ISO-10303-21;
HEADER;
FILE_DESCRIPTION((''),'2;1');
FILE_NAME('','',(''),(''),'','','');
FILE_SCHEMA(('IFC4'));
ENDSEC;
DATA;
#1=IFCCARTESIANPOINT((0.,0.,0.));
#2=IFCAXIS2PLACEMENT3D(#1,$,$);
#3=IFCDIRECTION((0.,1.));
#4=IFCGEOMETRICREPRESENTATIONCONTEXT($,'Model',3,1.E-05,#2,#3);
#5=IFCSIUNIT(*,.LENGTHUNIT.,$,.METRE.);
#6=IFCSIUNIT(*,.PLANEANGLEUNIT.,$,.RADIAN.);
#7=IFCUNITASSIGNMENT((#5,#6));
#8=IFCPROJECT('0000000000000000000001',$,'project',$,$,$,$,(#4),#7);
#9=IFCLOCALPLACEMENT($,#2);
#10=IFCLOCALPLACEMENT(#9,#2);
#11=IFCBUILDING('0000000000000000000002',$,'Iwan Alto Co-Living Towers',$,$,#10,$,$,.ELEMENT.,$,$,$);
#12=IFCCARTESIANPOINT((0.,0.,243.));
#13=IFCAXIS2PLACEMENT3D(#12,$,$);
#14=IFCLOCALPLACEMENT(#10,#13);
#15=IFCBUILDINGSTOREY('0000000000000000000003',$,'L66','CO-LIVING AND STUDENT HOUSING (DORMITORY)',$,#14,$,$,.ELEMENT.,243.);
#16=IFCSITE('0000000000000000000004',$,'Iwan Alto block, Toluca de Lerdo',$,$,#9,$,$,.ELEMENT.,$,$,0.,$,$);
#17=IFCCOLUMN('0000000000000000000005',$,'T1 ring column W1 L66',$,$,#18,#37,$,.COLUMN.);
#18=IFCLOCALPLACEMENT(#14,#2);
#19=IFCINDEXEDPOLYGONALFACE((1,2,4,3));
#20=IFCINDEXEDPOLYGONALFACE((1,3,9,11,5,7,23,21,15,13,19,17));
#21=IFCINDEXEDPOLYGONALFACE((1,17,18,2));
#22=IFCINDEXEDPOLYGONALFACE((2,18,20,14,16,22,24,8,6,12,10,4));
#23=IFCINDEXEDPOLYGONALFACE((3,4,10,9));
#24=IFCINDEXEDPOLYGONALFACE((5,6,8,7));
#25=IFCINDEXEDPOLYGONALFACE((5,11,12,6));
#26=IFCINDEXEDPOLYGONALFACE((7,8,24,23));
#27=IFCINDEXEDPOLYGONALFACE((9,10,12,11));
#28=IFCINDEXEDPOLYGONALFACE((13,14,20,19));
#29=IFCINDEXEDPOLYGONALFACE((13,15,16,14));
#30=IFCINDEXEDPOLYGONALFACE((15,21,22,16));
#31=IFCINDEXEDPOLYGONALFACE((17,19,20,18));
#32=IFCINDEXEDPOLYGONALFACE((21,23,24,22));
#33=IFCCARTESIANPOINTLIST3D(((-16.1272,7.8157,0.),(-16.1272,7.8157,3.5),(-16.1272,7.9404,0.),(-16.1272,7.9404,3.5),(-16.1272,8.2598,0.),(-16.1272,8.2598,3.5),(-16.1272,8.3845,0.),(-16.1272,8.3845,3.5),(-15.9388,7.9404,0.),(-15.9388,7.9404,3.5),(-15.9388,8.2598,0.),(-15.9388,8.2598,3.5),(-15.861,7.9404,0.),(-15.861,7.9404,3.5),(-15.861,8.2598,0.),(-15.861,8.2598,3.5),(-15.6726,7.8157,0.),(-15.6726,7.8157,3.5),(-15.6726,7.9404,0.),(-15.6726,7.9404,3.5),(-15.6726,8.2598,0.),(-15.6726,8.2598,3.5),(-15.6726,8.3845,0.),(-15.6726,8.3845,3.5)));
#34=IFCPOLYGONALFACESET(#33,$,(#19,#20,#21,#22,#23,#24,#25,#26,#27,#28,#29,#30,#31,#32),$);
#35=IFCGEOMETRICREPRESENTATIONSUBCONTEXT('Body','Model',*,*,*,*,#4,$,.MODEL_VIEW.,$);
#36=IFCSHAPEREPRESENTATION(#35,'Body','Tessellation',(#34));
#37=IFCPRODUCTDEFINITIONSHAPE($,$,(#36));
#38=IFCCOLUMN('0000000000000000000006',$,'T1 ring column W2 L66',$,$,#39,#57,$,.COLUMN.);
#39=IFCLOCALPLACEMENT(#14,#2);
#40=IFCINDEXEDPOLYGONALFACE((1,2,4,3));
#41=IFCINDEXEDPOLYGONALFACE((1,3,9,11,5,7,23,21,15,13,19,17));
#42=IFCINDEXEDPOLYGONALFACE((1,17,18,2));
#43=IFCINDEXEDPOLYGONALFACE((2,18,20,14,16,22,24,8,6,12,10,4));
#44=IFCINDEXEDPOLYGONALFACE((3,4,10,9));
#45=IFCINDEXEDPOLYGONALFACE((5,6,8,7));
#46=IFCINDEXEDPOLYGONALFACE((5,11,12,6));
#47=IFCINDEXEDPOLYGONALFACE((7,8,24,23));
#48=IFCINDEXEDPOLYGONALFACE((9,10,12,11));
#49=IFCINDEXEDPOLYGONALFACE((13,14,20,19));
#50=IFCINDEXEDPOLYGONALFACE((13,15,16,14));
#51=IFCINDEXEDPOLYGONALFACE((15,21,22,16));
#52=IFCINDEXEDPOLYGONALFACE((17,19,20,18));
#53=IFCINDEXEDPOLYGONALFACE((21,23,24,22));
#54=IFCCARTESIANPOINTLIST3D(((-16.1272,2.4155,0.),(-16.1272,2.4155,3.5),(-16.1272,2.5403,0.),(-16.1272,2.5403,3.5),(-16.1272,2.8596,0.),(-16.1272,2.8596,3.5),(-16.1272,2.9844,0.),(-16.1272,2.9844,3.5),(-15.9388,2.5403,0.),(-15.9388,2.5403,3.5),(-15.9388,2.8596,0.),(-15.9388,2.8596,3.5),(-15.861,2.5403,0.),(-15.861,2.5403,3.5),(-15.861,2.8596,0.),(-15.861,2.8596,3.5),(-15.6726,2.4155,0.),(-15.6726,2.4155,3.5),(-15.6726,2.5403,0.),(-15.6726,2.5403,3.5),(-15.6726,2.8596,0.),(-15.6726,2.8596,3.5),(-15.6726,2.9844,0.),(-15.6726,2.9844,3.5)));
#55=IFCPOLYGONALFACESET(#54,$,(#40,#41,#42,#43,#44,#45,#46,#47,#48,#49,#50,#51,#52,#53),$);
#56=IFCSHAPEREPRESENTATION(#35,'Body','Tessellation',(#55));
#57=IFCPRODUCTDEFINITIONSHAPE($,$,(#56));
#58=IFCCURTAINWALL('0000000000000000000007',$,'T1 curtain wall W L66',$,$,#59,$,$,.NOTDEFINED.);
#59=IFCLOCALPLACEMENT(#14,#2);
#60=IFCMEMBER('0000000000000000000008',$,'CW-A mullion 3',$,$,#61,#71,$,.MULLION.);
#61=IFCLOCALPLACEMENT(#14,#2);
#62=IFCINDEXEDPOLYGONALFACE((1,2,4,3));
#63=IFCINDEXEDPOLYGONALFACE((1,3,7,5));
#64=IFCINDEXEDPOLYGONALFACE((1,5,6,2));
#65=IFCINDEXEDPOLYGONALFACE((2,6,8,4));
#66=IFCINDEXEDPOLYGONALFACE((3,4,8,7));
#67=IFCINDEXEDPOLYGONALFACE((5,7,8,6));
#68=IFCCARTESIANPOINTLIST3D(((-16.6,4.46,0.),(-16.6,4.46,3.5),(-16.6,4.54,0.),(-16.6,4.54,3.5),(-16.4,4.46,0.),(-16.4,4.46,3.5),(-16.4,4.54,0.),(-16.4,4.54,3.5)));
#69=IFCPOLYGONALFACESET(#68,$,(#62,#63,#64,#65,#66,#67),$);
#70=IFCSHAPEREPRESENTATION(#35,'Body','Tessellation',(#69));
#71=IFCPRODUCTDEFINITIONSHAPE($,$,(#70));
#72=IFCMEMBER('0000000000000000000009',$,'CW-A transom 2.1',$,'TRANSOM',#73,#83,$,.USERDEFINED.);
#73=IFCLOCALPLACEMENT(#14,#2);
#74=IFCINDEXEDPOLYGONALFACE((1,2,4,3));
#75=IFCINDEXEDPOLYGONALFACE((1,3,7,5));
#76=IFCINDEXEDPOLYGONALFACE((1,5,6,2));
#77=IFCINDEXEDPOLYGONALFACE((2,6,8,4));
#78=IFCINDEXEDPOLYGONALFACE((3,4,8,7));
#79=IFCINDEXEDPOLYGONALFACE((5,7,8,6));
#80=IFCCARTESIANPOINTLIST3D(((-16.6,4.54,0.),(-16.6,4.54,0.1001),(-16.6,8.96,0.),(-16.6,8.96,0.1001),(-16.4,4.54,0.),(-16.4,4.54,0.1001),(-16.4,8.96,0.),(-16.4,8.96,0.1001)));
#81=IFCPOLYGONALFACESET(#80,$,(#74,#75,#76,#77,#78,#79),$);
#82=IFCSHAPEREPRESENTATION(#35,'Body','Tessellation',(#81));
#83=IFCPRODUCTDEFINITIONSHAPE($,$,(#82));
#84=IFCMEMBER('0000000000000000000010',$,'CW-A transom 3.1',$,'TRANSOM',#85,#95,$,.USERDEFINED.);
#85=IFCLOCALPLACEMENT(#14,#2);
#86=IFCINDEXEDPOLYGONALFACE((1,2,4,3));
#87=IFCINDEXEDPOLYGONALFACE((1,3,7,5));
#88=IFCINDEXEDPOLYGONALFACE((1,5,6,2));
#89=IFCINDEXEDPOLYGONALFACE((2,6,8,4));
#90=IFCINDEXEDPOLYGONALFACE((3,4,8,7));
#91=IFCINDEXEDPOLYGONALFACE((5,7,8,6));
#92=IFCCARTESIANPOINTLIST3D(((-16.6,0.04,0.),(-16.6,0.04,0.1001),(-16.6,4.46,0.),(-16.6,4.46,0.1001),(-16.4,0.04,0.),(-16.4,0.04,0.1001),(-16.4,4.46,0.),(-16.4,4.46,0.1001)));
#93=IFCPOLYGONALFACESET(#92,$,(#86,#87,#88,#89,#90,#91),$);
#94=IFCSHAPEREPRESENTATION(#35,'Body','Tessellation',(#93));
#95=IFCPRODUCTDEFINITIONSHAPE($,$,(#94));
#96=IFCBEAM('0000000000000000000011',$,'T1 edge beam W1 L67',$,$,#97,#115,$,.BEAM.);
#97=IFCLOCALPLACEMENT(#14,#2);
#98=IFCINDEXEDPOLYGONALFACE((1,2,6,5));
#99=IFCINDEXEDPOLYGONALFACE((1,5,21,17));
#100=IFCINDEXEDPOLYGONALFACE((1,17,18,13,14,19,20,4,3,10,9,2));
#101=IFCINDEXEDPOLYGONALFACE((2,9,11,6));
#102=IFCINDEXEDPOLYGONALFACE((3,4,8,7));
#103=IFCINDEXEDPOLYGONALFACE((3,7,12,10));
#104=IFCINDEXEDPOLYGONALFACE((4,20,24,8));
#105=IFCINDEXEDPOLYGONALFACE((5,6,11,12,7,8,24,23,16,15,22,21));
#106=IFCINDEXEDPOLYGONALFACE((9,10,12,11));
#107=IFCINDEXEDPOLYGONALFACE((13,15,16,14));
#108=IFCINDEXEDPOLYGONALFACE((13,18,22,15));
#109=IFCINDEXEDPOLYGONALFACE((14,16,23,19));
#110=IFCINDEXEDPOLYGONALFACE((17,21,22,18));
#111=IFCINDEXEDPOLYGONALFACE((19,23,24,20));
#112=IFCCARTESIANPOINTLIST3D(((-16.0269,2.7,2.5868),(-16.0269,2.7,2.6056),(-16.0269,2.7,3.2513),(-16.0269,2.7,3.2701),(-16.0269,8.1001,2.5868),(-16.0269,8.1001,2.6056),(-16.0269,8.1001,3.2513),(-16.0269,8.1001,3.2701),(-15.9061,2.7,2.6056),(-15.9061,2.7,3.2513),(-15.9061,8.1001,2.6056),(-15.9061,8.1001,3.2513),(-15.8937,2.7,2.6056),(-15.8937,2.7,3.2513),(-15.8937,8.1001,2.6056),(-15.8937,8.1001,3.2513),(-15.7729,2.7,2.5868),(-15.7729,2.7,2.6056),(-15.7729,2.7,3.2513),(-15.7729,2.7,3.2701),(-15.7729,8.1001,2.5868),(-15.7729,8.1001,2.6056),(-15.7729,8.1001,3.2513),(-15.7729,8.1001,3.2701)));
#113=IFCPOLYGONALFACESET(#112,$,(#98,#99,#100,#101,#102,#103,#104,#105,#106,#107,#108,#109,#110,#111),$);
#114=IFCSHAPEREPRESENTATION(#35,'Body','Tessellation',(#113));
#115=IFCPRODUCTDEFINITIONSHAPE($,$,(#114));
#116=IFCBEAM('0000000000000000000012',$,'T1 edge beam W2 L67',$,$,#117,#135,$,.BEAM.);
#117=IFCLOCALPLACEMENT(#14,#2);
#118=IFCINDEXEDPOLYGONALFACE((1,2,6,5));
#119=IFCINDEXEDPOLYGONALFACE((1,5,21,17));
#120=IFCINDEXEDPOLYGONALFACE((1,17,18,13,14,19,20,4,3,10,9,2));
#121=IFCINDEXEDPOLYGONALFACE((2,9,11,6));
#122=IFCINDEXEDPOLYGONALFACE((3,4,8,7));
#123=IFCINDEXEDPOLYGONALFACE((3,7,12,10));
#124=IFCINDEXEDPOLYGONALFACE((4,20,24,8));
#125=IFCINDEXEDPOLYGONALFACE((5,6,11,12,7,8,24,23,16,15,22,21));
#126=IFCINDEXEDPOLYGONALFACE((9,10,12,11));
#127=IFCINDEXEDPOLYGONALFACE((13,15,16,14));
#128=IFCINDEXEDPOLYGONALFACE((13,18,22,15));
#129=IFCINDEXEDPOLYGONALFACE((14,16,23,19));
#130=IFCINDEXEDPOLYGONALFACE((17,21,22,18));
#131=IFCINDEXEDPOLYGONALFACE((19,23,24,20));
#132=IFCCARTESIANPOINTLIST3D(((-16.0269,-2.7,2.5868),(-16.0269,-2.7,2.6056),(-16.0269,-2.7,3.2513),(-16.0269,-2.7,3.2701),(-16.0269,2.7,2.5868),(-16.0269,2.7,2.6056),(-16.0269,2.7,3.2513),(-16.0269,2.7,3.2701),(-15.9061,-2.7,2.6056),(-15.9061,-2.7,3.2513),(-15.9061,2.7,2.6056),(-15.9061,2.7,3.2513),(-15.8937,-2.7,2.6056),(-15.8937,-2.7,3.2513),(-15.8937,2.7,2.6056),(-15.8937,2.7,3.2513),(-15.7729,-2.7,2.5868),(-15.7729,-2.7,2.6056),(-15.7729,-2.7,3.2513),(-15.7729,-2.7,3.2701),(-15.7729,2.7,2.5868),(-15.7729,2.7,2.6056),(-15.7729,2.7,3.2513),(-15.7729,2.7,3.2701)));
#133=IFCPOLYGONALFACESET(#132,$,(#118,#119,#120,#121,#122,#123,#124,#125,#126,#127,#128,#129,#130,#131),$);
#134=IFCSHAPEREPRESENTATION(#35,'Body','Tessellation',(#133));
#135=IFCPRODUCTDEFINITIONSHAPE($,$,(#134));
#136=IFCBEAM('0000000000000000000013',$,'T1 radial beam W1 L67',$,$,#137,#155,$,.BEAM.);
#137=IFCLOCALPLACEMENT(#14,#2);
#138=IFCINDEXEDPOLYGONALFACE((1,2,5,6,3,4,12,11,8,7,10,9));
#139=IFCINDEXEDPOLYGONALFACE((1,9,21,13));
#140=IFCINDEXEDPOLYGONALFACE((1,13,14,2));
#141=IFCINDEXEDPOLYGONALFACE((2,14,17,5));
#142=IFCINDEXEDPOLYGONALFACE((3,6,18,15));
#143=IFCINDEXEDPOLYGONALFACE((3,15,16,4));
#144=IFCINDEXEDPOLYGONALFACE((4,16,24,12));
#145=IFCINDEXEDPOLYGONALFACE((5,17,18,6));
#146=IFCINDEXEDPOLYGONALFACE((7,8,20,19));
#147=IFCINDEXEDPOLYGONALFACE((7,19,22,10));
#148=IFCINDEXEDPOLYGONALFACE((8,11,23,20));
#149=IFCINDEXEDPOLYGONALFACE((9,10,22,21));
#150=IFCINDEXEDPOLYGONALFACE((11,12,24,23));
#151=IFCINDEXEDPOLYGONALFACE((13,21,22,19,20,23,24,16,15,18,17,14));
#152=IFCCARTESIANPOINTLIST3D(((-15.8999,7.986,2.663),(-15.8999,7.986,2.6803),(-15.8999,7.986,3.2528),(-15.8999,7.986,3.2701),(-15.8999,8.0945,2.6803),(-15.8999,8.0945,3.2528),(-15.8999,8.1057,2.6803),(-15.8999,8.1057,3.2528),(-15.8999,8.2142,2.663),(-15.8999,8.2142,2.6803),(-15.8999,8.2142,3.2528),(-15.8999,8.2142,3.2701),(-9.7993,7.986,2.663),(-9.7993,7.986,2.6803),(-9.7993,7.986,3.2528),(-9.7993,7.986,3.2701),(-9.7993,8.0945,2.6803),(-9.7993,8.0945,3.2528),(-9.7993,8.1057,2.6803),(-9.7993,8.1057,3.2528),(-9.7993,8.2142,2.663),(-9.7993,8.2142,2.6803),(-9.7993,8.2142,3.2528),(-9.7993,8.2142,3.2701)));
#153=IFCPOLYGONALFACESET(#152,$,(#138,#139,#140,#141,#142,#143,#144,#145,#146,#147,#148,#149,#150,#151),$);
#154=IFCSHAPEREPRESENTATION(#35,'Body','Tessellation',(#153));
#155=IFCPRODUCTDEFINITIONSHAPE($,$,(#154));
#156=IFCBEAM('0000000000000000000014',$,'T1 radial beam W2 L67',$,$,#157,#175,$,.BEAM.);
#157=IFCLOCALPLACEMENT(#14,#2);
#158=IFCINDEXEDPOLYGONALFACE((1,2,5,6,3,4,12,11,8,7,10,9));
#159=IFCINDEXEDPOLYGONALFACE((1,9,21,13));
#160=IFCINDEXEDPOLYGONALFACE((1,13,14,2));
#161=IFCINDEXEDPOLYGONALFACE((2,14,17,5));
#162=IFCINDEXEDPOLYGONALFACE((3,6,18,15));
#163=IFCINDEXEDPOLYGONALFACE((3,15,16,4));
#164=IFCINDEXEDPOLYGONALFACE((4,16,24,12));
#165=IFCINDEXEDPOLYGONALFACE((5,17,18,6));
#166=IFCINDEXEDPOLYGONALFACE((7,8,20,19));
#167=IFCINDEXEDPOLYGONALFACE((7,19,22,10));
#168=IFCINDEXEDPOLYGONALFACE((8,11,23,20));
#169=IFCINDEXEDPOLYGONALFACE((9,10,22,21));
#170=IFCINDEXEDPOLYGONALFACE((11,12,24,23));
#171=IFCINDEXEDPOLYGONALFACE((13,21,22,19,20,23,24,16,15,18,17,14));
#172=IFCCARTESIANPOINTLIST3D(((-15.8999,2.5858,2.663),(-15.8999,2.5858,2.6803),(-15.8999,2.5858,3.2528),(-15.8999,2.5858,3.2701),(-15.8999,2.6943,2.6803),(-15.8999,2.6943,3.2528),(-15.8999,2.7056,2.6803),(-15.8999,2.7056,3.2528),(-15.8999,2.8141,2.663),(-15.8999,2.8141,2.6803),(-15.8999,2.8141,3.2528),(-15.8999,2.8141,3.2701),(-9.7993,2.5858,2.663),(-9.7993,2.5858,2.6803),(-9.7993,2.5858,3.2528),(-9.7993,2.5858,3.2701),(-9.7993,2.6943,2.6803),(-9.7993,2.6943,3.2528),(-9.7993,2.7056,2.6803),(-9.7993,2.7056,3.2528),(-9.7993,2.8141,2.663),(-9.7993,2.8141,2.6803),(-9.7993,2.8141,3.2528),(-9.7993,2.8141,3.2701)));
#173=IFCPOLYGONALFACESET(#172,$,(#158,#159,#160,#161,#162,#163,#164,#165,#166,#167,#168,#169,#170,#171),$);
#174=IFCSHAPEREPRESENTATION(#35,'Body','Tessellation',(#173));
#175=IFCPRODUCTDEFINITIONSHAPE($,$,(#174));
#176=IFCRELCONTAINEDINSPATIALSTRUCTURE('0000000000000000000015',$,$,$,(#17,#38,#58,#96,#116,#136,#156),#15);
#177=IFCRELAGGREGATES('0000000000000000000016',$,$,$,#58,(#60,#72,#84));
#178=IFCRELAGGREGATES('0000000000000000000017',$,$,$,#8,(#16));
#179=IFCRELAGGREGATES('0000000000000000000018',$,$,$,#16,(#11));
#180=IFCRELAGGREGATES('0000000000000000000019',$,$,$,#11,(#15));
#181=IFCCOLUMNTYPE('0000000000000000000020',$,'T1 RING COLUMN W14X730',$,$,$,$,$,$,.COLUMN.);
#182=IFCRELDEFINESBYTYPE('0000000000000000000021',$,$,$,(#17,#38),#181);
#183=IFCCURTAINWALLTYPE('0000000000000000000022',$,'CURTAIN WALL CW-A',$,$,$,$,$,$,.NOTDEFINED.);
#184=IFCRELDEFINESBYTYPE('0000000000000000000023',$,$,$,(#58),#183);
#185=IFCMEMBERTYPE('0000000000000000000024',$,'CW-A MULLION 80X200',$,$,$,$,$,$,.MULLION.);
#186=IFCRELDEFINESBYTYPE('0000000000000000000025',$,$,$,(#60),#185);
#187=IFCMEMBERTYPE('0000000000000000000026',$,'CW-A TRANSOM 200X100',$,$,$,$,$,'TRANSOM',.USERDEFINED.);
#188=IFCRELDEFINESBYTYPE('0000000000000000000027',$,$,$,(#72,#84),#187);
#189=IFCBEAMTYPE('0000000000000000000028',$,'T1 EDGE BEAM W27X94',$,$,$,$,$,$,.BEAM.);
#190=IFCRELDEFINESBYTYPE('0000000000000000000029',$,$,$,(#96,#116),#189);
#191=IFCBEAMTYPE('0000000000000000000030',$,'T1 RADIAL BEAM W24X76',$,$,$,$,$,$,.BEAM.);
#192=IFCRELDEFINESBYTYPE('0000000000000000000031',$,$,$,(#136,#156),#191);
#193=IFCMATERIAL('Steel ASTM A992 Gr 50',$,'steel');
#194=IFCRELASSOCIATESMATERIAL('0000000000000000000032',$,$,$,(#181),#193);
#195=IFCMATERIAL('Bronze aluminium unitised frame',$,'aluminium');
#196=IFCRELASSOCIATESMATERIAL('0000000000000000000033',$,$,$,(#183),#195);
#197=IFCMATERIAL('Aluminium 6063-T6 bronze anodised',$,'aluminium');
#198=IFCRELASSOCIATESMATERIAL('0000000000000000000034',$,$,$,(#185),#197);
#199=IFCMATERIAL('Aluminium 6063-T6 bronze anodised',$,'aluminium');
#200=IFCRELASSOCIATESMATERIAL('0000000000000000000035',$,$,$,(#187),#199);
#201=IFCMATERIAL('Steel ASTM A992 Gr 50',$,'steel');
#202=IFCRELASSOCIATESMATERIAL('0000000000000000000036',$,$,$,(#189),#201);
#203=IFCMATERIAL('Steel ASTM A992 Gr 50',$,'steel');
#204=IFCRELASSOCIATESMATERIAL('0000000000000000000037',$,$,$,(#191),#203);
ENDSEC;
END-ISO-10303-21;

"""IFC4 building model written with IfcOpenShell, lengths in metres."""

from ifc_helpers import new_model, si_unit, direction, frame, origin, origin_2d, place, context, subcontext, project, spatial, rectangle, i_section, extrude, material, material_profile, profile_set, type_object, element, aggregate, save


model = new_model("IFC4")

# Units and contexts
model_context = context("Model", 3, precision=1e-05, world=origin(), true_north=direction((0.0, 1.0)))
body_context = subcontext(model_context, "Body", "Model", "MODEL_VIEW")
ifc_project = project(units=[si_unit("LENGTHUNIT", "METRE"), si_unit("PLANEANGLEUNIT", "RADIAN")], contexts=[model_context])

# Site, building, storey
site_placement = place(None, origin())
site = spatial("IfcSite", under=ifc_project, at=site_placement, Name="Iwan Alto block, Toluca de Lerdo", CompositionType="ELEMENT", RefElevation=0.0)
building_placement = place(site_placement, origin())
building = spatial("IfcBuilding", under=site, at=building_placement, Name="Iwan Alto Co-Living Towers", CompositionType="ELEMENT")
storey_placement = place(building_placement, frame((0.0, 0.0, 243.0)))
storey = spatial("IfcBuildingStorey", under=building, at=storey_placement, Name="L66", Description="CO-LIVING AND STUDENT HOUSING (DORMITORY)", CompositionType="ELEMENT", Elevation=243.0)

# Columns
ifc_material_1 = material(Name="Steel ASTM A992 Gr 50", Category="steel")
ifc_material_profile_1 = material_profile(ifc_material_1, i_section(OverallWidth=0.4546, OverallDepth=0.5688, WebThickness=0.0779, FlangeThickness=0.1248, at=origin_2d()), Name="W14X730")
ifc_profile_set_1 = profile_set([ifc_material_profile_1], Name="Steel ASTM A992 Gr 50")
column_type = type_object("IfcColumnType", Name="T1 RING COLUMN W14X730", PredefinedType="COLUMN", material=ifc_profile_set_1)
for number, where, z_axis, x_axis, name in (
    (1, (-15.8999, 8.1001, 0.0), (0.0, 0.0, 1.0), (1.0, 0.0, 0.0), "T1 ring column W1 L66"),
    (2, (-15.8999, 2.7, 0.0), (0.0, 0.0, 1.0), (1.0, 0.0, 0.0), "T1 ring column W2 L66"),
):
    element("IfcColumn", number, at=place(storey_placement, frame(where, z_axis=z_axis, x_axis=x_axis)), inside=storey, type_object=column_type, Name=name, PredefinedType="COLUMN", context=body_context, shape_type="SweptSolid", body=[
        extrude(i_section(OverallWidth=0.4546, OverallDepth=0.5688, WebThickness=0.0779, FlangeThickness=0.1248, at=origin_2d()), origin(), (0.0, 0.0, 1.0), 3.5),
    ])

# Curtain wall, members
ifc_material_2 = material(Name="Bronze aluminium unitised frame", Category="aluminium")
curtain_wall_type = type_object("IfcCurtainWallType", Name="CURTAIN WALL CW-A", PredefinedType="NOTDEFINED", material=ifc_material_2)
curtain_wall_placement = place(storey_placement, origin())
curtain_wall = element("IfcCurtainWall", 3, at=curtain_wall_placement, inside=storey, type_object=curtain_wall_type, Name="T1 curtain wall W L66", PredefinedType="NOTDEFINED")
ifc_material_3 = material(Name="Aluminium 6063-T6 bronze anodised", Category="aluminium")
ifc_material_profile_2 = material_profile(ifc_material_3, rectangle(XDim=0.2, YDim=0.0801, at=origin_2d()), Name="AL 80X200")
ifc_profile_set_2 = profile_set([ifc_material_profile_2], Name="Aluminium 6063-T6 bronze anodised")
member_type_1 = type_object("IfcMemberType", Name="CW-A MULLION 80X200", PredefinedType="MULLION", material=ifc_profile_set_2)
member_1_placement = place(storey_placement, frame((-16.5, 4.5, 0.0), z_axis=(0.0, 0.0, 1.0), x_axis=(1.0, 0.0, 0.0)))
member_1 = element("IfcMember", 4, at=member_1_placement, type_object=member_type_1, Name="CW-A mullion 3", PredefinedType="MULLION", context=body_context, shape_type="SweptSolid", body=[
    extrude(rectangle(XDim=0.2, YDim=0.0801, at=origin_2d()), origin(), (0.0, 0.0, 1.0), 3.5),
])
ifc_material_4 = material(Name="Aluminium 6063-T6 bronze anodised", Category="aluminium")
ifc_material_profile_3 = material_profile(ifc_material_4, rectangle(XDim=0.2, YDim=0.1001, at=origin_2d()), Name="AL 200X100")
ifc_profile_set_3 = profile_set([ifc_material_profile_3], Name="Aluminium 6063-T6 bronze anodised")
member_type_2 = type_object("IfcMemberType", Name="CW-A TRANSOM 200X100", ElementType="TRANSOM", PredefinedType="USERDEFINED", material=ifc_profile_set_3)
member_2_placement = place(storey_placement, frame((-16.5, 8.96, 0.05), z_axis=(0.0, -1.0, 0.0), x_axis=(1.0, 0.0, 0.0)))
member_2 = element("IfcMember", 5, at=member_2_placement, type_object=member_type_2, Name="CW-A transom 2.1", ObjectType="TRANSOM", PredefinedType="USERDEFINED", context=body_context, shape_type="SweptSolid", body=[
    extrude(rectangle(XDim=0.2, YDim=0.1001, at=origin_2d()), origin(), (0.0, 0.0, 1.0), 4.4199),
])
member_3_placement = place(storey_placement, frame((-16.5, 4.46, 0.05), z_axis=(0.0, -1.0, 0.0), x_axis=(1.0, 0.0, 0.0)))
member_3 = element("IfcMember", 6, at=member_3_placement, type_object=member_type_2, Name="CW-A transom 3.1", ObjectType="TRANSOM", PredefinedType="USERDEFINED", context=body_context, shape_type="SweptSolid", body=[
    extrude(rectangle(XDim=0.2, YDim=0.1001, at=origin_2d()), origin(), (0.0, 0.0, 1.0), 4.4199),
])

# Beams
ifc_material_5 = material(Name="Steel ASTM A992 Gr 50", Category="steel")
ifc_material_profile_4 = material_profile(ifc_material_5, i_section(OverallWidth=0.2539, OverallDepth=0.6833, WebThickness=0.0125, FlangeThickness=0.0188, at=origin_2d()), Name="W27X94")
ifc_profile_set_4 = profile_set([ifc_material_profile_4], Name="Steel ASTM A992 Gr 50")
beam_type_1 = type_object("IfcBeamType", Name="T1 EDGE BEAM W27X94", PredefinedType="BEAM", material=ifc_profile_set_4)
beam_1_placement = place(storey_placement, frame((-15.8999, 8.1001, 2.9285), z_axis=(0.0, -1.0, 0.0), x_axis=(1.0, 0.0, 0.0)))
element("IfcBeam", 7, at=beam_1_placement, inside=storey, type_object=beam_type_1, Name="T1 edge beam W1 L67", PredefinedType="BEAM", context=body_context, shape_type="SweptSolid", body=[
    extrude(i_section(OverallWidth=0.2539, OverallDepth=0.6833, WebThickness=0.0125, FlangeThickness=0.0188, at=origin_2d()), origin(), (0.0, 0.0, 1.0), 5.4001),
])
beam_2_placement = place(storey_placement, frame((-15.8999, 2.7, 2.9285), z_axis=(0.0, -1.0, 0.0), x_axis=(1.0, 0.0, 0.0)))
element("IfcBeam", 8, at=beam_2_placement, inside=storey, type_object=beam_type_1, Name="T1 edge beam W2 L67", PredefinedType="BEAM", context=body_context, shape_type="SweptSolid", body=[
    extrude(i_section(OverallWidth=0.2539, OverallDepth=0.6833, WebThickness=0.0125, FlangeThickness=0.0188, at=origin_2d()), origin(), (0.0, 0.0, 1.0), 5.3999),
])
ifc_material_6 = material(Name="Steel ASTM A992 Gr 50", Category="steel")
ifc_material_profile_5 = material_profile(ifc_material_6, i_section(OverallWidth=0.2283, OverallDepth=0.6072, WebThickness=0.0112, FlangeThickness=0.0173, at=origin_2d()), Name="W24X76")
ifc_profile_set_5 = profile_set([ifc_material_profile_5], Name="Steel ASTM A992 Gr 50")
beam_type_2 = type_object("IfcBeamType", Name="T1 RADIAL BEAM W24X76", PredefinedType="BEAM", material=ifc_profile_set_5)
for number, where, z_axis, x_axis, name in (
    (9, (-15.8999, 8.1001, 2.9666), (1.0, 0.0, 0.0), (0.0, 1.0, 0.0), "T1 radial beam W1 L67"),
    (10, (-15.8999, 2.7, 2.9666), (1.0, 0.0, 0.0), (0.0, 1.0, 0.0), "T1 radial beam W2 L67"),
):
    element("IfcBeam", number, at=place(storey_placement, frame(where, z_axis=z_axis, x_axis=x_axis)), inside=storey, type_object=beam_type_2, Name=name, PredefinedType="BEAM", context=body_context, shape_type="SweptSolid", body=[
        extrude(i_section(OverallWidth=0.2283, OverallDepth=0.6072, WebThickness=0.0112, FlangeThickness=0.0173, at=origin_2d()), origin(), (0.0, 0.0, 1.0), 6.1006),
    ])

aggregate(curtain_wall, [member_1, member_2, member_3])

save(model, "model.ifc")
